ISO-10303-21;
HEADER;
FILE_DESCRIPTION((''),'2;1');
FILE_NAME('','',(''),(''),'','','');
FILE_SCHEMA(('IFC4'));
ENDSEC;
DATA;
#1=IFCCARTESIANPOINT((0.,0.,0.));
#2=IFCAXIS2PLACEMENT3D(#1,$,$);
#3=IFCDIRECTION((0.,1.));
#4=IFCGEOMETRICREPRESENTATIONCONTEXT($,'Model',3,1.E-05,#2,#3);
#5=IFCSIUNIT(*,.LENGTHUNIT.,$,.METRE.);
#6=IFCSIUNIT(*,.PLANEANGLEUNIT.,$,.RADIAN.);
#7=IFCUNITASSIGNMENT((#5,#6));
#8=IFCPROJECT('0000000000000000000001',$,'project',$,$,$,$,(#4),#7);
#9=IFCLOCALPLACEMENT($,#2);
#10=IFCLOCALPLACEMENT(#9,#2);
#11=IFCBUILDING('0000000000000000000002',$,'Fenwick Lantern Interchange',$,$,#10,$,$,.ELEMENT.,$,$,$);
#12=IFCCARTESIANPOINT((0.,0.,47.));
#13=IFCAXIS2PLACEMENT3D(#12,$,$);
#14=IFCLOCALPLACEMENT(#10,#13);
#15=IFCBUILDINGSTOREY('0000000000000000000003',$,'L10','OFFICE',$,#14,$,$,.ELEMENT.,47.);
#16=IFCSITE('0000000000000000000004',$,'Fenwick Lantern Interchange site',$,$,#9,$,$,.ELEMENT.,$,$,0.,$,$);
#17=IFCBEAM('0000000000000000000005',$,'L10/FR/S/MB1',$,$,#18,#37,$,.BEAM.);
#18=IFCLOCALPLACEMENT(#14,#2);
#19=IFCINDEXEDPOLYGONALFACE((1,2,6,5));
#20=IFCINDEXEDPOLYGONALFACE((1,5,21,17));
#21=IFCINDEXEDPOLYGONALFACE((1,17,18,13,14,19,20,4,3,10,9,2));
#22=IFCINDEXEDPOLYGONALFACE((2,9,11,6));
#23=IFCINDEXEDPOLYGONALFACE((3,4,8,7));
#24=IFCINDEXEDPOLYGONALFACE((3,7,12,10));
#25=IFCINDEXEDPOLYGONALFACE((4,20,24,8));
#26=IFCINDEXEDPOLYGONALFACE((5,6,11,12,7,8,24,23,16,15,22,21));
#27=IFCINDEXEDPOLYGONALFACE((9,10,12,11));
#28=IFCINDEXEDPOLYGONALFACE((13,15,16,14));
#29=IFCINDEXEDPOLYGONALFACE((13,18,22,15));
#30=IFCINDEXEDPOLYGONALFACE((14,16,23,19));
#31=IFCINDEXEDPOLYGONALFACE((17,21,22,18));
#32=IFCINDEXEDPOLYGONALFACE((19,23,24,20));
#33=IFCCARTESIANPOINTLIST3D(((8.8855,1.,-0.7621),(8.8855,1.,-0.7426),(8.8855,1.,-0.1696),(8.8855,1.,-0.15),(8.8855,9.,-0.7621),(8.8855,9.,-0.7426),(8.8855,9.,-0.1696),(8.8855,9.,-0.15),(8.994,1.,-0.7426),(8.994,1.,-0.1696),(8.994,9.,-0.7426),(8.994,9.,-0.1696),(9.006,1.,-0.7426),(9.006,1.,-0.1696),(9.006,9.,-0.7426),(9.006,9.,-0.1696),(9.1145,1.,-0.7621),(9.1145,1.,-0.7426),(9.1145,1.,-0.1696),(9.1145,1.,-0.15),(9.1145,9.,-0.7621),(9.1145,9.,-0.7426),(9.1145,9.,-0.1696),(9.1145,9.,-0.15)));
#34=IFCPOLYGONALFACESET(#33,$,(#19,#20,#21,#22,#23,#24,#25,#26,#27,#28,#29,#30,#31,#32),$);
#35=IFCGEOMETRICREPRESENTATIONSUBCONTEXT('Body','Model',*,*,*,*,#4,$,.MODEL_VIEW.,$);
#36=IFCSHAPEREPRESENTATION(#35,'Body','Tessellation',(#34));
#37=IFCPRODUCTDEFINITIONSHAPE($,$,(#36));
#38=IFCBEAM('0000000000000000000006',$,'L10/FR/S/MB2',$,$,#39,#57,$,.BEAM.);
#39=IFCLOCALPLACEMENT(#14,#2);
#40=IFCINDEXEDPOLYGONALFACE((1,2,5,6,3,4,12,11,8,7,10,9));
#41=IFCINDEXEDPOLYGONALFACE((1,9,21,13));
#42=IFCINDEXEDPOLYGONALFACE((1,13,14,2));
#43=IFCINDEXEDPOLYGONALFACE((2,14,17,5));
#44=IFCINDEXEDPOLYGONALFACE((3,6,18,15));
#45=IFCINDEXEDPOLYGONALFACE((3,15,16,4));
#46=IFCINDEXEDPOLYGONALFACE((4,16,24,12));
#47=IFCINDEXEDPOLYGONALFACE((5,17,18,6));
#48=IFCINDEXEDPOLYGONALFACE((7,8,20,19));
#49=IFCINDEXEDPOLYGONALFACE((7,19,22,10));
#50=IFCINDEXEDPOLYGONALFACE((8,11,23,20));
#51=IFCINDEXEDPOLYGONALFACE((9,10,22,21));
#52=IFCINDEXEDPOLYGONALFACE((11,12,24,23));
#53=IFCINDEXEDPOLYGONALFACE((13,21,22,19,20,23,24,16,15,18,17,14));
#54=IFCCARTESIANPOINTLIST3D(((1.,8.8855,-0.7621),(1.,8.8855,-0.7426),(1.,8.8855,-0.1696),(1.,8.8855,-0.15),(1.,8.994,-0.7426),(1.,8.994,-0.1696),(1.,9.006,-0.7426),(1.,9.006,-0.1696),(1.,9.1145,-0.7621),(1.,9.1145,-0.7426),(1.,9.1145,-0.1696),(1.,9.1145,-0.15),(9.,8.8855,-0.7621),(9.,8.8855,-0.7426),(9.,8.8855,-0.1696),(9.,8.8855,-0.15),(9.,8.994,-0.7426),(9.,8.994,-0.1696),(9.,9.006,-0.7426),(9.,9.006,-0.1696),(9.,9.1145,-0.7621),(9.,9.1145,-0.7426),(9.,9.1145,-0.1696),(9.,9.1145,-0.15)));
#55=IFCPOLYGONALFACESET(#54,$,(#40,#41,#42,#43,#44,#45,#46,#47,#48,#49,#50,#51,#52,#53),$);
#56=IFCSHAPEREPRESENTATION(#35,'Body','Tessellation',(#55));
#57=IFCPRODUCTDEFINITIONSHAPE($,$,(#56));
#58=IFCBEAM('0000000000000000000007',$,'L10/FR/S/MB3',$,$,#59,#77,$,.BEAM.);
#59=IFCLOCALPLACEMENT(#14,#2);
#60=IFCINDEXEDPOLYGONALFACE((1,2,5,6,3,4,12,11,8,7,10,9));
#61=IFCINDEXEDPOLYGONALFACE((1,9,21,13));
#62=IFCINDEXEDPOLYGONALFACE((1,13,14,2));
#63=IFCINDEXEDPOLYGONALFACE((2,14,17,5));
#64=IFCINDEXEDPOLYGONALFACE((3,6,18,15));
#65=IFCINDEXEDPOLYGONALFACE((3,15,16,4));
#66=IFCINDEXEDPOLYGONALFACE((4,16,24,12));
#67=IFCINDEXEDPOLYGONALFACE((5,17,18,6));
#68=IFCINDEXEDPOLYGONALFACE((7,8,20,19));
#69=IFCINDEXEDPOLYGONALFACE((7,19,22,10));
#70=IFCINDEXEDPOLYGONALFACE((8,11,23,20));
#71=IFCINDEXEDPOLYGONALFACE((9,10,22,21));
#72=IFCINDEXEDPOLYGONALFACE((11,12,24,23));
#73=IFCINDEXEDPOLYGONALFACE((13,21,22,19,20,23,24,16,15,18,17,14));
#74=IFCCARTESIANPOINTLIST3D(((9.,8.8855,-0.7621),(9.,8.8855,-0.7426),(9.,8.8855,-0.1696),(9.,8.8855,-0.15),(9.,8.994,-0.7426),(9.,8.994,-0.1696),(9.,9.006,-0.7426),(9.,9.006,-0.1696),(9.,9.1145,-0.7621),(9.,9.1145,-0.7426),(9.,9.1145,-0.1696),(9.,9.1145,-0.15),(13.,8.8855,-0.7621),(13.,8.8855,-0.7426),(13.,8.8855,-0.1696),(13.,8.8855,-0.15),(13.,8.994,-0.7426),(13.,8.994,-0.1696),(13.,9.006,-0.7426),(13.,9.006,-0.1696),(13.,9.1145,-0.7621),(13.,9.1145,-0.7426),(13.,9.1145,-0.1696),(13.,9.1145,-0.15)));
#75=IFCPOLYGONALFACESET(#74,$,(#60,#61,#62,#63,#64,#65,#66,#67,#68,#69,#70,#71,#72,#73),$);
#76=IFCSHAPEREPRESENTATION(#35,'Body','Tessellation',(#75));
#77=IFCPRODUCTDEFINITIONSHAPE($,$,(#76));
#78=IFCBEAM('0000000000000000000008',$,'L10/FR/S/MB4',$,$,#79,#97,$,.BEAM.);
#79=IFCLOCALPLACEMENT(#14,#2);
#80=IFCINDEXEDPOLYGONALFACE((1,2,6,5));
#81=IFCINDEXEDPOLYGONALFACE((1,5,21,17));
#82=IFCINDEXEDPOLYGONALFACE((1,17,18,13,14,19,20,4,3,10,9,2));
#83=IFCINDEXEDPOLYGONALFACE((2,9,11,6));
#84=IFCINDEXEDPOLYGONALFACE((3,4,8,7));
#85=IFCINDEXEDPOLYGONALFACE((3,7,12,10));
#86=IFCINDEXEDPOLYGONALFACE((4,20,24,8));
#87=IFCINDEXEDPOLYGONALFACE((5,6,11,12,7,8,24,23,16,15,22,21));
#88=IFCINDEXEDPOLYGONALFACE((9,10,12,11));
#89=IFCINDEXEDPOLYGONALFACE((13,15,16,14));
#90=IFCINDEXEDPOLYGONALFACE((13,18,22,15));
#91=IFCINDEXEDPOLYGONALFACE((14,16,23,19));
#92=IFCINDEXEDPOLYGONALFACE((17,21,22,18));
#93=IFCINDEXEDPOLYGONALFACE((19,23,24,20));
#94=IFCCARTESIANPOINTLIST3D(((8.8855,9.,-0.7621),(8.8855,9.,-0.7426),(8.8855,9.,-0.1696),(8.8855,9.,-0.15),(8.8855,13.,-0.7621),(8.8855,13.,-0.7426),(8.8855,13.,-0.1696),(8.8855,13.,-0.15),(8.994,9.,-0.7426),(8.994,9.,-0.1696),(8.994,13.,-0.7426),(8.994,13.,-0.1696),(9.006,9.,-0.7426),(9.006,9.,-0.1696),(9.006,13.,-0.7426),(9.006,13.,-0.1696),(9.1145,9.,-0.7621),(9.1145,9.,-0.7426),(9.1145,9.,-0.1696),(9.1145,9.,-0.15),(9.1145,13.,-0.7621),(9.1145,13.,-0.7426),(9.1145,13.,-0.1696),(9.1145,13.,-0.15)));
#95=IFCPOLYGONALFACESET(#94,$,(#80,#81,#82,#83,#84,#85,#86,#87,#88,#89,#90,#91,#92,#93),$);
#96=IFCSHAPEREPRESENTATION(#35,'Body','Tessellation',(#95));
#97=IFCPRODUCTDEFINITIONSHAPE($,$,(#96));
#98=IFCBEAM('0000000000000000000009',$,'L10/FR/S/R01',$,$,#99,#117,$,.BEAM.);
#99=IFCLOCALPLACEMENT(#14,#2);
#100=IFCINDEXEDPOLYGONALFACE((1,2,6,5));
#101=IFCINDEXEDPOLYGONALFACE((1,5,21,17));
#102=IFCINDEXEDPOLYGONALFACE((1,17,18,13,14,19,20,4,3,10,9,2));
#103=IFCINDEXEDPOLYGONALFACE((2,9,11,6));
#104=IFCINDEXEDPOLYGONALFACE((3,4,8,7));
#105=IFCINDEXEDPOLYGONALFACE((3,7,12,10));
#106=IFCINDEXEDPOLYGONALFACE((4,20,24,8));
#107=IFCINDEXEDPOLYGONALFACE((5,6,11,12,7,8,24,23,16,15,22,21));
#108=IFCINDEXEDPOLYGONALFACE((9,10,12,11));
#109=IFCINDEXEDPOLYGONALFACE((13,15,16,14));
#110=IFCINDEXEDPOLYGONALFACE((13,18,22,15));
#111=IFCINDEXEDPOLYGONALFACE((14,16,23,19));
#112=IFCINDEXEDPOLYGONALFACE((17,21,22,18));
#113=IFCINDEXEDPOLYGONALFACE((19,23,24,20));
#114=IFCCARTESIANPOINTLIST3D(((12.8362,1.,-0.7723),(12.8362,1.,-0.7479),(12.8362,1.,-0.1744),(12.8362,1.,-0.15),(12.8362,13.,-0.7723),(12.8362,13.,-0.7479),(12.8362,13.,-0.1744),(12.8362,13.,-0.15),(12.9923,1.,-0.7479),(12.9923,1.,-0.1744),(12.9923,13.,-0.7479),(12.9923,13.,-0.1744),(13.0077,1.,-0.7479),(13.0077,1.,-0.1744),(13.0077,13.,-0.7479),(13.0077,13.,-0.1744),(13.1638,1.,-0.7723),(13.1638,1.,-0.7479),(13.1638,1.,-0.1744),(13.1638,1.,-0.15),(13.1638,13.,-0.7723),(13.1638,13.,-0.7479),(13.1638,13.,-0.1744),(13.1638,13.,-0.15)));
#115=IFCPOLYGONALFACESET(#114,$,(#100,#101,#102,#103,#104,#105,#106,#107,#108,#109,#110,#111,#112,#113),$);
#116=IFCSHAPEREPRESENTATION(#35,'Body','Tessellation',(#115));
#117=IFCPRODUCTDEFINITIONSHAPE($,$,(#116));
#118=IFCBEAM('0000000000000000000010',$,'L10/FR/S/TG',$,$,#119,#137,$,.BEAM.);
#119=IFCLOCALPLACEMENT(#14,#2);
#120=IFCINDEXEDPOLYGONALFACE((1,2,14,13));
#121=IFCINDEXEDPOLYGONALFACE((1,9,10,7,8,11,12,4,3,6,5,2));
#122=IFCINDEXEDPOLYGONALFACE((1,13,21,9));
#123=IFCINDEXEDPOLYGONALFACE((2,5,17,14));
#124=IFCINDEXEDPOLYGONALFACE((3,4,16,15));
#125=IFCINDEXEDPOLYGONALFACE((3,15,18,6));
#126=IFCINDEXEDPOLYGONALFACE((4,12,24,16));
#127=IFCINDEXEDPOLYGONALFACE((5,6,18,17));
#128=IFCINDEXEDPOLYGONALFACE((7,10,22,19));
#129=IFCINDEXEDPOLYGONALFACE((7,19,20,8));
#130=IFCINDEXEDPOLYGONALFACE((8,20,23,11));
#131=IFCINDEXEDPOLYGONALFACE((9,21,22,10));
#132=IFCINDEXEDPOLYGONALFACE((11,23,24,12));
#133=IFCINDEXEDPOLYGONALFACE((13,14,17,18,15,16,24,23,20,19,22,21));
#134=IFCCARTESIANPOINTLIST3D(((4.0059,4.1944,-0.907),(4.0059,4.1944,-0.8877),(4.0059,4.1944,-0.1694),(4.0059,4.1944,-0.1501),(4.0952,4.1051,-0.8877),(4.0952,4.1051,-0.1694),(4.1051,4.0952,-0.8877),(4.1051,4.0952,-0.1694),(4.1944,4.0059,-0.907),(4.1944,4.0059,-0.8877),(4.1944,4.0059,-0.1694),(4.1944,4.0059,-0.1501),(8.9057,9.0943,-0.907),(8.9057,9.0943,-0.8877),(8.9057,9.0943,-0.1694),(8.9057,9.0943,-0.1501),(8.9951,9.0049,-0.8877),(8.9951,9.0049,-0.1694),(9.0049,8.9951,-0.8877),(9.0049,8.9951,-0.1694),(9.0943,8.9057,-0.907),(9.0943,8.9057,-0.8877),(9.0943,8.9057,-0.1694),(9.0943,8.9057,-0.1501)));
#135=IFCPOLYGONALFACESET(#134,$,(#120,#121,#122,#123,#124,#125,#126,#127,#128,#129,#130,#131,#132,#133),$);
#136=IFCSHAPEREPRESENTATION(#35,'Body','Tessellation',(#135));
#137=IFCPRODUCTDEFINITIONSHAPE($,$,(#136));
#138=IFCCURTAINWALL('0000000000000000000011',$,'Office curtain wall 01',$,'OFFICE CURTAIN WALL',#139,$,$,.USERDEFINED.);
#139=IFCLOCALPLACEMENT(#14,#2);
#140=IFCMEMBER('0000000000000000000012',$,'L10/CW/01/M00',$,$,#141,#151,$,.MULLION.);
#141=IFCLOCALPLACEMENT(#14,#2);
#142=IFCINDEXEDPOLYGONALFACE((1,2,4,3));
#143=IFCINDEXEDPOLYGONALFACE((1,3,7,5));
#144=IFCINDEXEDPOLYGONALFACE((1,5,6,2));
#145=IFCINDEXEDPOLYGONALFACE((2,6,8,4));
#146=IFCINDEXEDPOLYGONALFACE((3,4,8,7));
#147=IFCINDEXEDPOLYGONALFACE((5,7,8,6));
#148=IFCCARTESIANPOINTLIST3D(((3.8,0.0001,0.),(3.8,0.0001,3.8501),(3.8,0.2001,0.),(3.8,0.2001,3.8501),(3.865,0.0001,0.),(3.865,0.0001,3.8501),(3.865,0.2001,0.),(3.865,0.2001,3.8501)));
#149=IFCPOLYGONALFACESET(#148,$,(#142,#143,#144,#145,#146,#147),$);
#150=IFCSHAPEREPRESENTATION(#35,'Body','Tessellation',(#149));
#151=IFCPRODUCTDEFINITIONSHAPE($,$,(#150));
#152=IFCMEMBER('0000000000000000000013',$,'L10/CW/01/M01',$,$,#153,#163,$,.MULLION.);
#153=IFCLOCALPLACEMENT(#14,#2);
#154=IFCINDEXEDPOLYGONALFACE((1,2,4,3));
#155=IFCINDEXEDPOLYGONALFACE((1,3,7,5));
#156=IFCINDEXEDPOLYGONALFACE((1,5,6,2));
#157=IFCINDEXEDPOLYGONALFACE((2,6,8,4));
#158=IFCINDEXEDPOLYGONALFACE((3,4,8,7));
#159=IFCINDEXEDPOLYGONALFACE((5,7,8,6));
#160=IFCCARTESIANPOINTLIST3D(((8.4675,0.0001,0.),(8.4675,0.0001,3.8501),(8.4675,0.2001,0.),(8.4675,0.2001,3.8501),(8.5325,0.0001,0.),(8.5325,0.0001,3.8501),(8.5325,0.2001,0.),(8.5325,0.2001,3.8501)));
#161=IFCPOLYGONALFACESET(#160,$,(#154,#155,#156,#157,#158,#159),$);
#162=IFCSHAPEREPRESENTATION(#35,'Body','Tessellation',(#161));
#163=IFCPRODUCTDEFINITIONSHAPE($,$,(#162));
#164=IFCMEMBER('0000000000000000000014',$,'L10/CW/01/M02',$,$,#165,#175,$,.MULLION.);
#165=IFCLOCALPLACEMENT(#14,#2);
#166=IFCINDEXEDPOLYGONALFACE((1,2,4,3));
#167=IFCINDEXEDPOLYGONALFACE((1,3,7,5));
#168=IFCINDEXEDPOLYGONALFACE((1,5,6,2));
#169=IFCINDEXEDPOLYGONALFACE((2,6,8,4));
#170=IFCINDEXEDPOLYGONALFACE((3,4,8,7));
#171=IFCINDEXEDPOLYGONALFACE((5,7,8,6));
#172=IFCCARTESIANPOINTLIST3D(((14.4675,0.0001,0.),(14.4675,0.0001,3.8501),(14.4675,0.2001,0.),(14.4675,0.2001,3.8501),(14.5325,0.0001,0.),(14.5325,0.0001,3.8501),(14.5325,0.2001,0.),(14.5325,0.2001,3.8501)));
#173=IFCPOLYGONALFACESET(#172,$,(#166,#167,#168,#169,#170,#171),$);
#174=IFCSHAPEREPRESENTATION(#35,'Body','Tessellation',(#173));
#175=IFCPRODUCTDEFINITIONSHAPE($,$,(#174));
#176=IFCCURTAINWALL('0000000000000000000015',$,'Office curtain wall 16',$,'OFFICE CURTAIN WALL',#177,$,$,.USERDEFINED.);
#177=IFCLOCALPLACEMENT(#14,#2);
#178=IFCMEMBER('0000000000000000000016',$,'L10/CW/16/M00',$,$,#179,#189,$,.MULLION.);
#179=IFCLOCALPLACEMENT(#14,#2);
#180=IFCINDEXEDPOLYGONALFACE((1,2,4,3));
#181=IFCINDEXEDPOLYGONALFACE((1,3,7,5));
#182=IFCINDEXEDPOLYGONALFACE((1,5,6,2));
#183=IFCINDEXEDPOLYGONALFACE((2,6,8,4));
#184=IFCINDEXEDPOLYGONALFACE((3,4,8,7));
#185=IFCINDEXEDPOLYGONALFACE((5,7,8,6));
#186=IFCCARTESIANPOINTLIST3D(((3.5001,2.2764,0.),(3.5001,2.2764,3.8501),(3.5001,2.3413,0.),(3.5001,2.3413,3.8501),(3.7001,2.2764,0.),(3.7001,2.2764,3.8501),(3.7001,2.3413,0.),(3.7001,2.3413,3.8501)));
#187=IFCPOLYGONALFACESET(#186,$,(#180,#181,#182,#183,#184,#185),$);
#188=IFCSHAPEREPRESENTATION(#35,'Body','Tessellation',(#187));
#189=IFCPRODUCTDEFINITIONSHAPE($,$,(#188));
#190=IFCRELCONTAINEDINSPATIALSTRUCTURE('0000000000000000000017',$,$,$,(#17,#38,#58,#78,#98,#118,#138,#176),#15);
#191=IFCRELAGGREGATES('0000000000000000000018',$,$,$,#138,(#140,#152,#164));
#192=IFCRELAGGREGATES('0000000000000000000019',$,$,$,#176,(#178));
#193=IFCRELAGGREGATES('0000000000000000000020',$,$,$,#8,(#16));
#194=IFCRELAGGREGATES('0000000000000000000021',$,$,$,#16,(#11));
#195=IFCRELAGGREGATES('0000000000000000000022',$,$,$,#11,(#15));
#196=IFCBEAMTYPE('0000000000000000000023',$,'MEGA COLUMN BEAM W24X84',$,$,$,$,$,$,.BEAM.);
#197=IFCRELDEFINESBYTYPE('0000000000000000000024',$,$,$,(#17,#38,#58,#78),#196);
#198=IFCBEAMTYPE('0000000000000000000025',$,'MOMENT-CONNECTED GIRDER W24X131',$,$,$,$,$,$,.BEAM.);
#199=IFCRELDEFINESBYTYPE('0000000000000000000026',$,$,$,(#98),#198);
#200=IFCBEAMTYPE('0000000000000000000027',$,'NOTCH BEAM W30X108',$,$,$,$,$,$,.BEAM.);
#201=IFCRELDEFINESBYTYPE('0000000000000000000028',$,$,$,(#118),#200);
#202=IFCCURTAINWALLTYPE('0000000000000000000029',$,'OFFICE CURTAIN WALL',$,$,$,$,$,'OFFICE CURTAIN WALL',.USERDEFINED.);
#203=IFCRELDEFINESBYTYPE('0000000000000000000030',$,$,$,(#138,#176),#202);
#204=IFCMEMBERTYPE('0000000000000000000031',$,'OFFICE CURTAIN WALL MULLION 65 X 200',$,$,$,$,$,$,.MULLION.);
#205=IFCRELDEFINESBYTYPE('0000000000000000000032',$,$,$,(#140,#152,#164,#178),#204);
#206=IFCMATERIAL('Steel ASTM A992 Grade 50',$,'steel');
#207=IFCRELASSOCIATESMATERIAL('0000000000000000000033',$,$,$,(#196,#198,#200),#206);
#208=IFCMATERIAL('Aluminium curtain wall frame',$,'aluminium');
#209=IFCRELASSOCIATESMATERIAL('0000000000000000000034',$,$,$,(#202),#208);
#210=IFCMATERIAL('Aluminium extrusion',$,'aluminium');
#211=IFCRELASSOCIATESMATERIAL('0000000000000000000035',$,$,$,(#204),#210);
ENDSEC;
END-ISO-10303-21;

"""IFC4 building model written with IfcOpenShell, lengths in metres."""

from ifc_helpers import new_model, si_unit, direction, frame, origin, origin_2d, place, context, subcontext, project, spatial, rectangle, i_section, extrude, material, material_profile, profile_set, type_object, element, aggregate, save


model = new_model("IFC4")

# Units and contexts
model_context = context("Model", 3, precision=1e-05, world=origin(), true_north=direction((0.0, 1.0)))
body_context = subcontext(model_context, "Body", "Model", "MODEL_VIEW")
ifc_project = project(units=[si_unit("LENGTHUNIT", "METRE"), si_unit("PLANEANGLEUNIT", "RADIAN")], contexts=[model_context])

# Site, building, storey
site_placement = place(None, origin())
site = spatial("IfcSite", under=ifc_project, at=site_placement, Name="Fenwick Lantern Interchange site", CompositionType="ELEMENT", RefElevation=0.0)
building_placement = place(site_placement, origin())
building = spatial("IfcBuilding", under=site, at=building_placement, Name="Fenwick Lantern Interchange", CompositionType="ELEMENT")
storey_placement = place(building_placement, frame((0.0, 0.0, 47.0)))
storey = spatial("IfcBuildingStorey", under=building, at=storey_placement, Name="L10", Description="OFFICE", CompositionType="ELEMENT", Elevation=47.0)

# Beams
ifc_material_1 = material(Name="Steel ASTM A992 Grade 50", Category="steel")
ifc_material_profile_1 = material_profile(ifc_material_1, i_section(OverallWidth=0.229, OverallDepth=0.6121, WebThickness=0.012, FlangeThickness=0.0195, at=origin_2d()), Name="W24X84")
ifc_profile_set_1 = profile_set([ifc_material_profile_1], Name="Steel ASTM A992 Grade 50")
beam_type_1 = type_object("IfcBeamType", Name="MEGA COLUMN BEAM W24X84", PredefinedType="BEAM", material=ifc_profile_set_1)
for number, where, z_axis, x_axis, name in (
    (1, (9.0, 9.0, -0.4561), (0.0, -1.0, 0.0), (1.0, 0.0, 0.0), "L10/FR/S/MB1"),
    (2, (9.0, 9.0, -0.4561), (-1.0, 0.0, 0.0), (0.0, -1.0, 0.0), "L10/FR/S/MB2"),
):
    element("IfcBeam", number, at=place(storey_placement, frame(where, z_axis=z_axis, x_axis=x_axis)), inside=storey, type_object=beam_type_1, Name=name, PredefinedType="BEAM", context=body_context, shape_type="SweptSolid", body=[
        extrude(i_section(OverallWidth=0.229, OverallDepth=0.6121, WebThickness=0.012, FlangeThickness=0.0195, at=origin_2d()), origin(), (0.0, 0.0, 1.0), 8.0),
    ])
for number, where, z_axis, x_axis, name in (
    (3, (9.0, 9.0, -0.4561), (1.0, 0.0, 0.0), (0.0, 1.0, 0.0), "L10/FR/S/MB3"),
    (4, (9.0, 9.0, -0.4561), (0.0, 1.0, 0.0), (-1.0, 0.0, 0.0), "L10/FR/S/MB4"),
):
    element("IfcBeam", number, at=place(storey_placement, frame(where, z_axis=z_axis, x_axis=x_axis)), inside=storey, type_object=beam_type_1, Name=name, PredefinedType="BEAM", context=body_context, shape_type="SweptSolid", body=[
        extrude(i_section(OverallWidth=0.229, OverallDepth=0.6121, WebThickness=0.012, FlangeThickness=0.0195, at=origin_2d()), origin(), (0.0, 0.0, 1.0), 4.0),
    ])
ifc_material_profile_2 = material_profile(ifc_material_1, i_section(OverallWidth=0.3276, OverallDepth=0.6223, WebThickness=0.0154, FlangeThickness=0.0244, at=origin_2d()), Name="W24X131")
ifc_profile_set_2 = profile_set([ifc_material_profile_2], Name="Steel ASTM A992 Grade 50")
beam_type_2 = type_object("IfcBeamType", Name="MOMENT-CONNECTED GIRDER W24X131", PredefinedType="BEAM", material=ifc_profile_set_2)
beam_1_placement = place(storey_placement, frame((13.0, 1.0, -0.4612), z_axis=(0.0, 1.0, 0.0), x_axis=(-1.0, 0.0, 0.0)))
element("IfcBeam", 5, at=beam_1_placement, inside=storey, type_object=beam_type_2, Name="L10/FR/S/R01", PredefinedType="BEAM", context=body_context, shape_type="SweptSolid", body=[
    extrude(i_section(OverallWidth=0.3276, OverallDepth=0.6223, WebThickness=0.0154, FlangeThickness=0.0244, at=origin_2d()), origin(), (0.0, 0.0, 1.0), 12.0),
])
ifc_material_profile_3 = material_profile(ifc_material_1, i_section(OverallWidth=0.2666, OverallDepth=0.7568, WebThickness=0.0139, FlangeThickness=0.0193, at=origin_2d()), Name="W30X108")
ifc_profile_set_3 = profile_set([ifc_material_profile_3], Name="Steel ASTM A992 Grade 50")
beam_type_3 = type_object("IfcBeamType", Name="NOTCH BEAM W30X108", PredefinedType="BEAM", material=ifc_profile_set_3)
beam_2_placement = place(storey_placement, frame((9.0, 9.0, -0.5286), z_axis=(-0.707107, -0.707107, 0.0), x_axis=(0.707107, -0.707107, 0.0)))
element("IfcBeam", 6, at=beam_2_placement, inside=storey, type_object=beam_type_3, Name="L10/FR/S/TG", PredefinedType="BEAM", context=body_context, shape_type="SweptSolid", body=[
    extrude(i_section(OverallWidth=0.2666, OverallDepth=0.7568, WebThickness=0.0139, FlangeThickness=0.0193, at=origin_2d()), origin(), (0.0, 0.0, 1.0), 6.9294),
])

# Curtain wall, members
ifc_material_2 = material(Name="Aluminium curtain wall frame", Category="aluminium")
curtain_wall_type = type_object("IfcCurtainWallType", Name="OFFICE CURTAIN WALL", ElementType="OFFICE CURTAIN WALL", PredefinedType="USERDEFINED", material=ifc_material_2)
curtain_wall_1_placement = place(storey_placement, origin())
curtain_wall_1 = element("IfcCurtainWall", 7, at=curtain_wall_1_placement, inside=storey, type_object=curtain_wall_type, Name="Office curtain wall 01", ObjectType="OFFICE CURTAIN WALL", PredefinedType="USERDEFINED")
ifc_material_3 = material(Name="Aluminium extrusion", Category="aluminium")
ifc_material_profile_4 = material_profile(ifc_material_3, rectangle(XDim=0.2, YDim=0.0649, at=origin_2d()), Name="OFFICE CURTAIN WALL MULLION 65 X 200")
ifc_profile_set_4 = profile_set([ifc_material_profile_4], Name="Aluminium extrusion")
member_type_1 = type_object("IfcMemberType", Name="OFFICE CURTAIN WALL MULLION 65 X 200", PredefinedType="MULLION", material=ifc_profile_set_4)
member_1_placement = place(storey_placement, frame((3.8325, 0.1001, 0.0), z_axis=(0.0, 0.0, 1.0), x_axis=(0.0, 1.0, 0.0)))
member_1 = element("IfcMember", 8, at=member_1_placement, type_object=member_type_1, Name="L10/CW/01/M00", PredefinedType="MULLION", context=body_context, shape_type="SweptSolid", body=[
    extrude(rectangle(XDim=0.2, YDim=0.0649, at=origin_2d()), origin(), (0.0, 0.0, 1.0), 3.8501),
])
member_2_placement = place(storey_placement, frame((8.5, 0.1001, 0.0), z_axis=(0.0, 0.0, 1.0), x_axis=(0.0, 1.0, 0.0)))
member_2 = element("IfcMember", 9, at=member_2_placement, type_object=member_type_1, Name="L10/CW/01/M01", PredefinedType="MULLION", context=body_context, shape_type="SweptSolid", body=[
    extrude(rectangle(XDim=0.2, YDim=0.0649, at=origin_2d()), origin(), (0.0, 0.0, 1.0), 3.8501),
])
member_3_placement = place(storey_placement, frame((14.5, 0.1001, 0.0), z_axis=(0.0, 0.0, 1.0), x_axis=(0.0, 1.0, 0.0)))
member_3 = element("IfcMember", 10, at=member_3_placement, type_object=member_type_1, Name="L10/CW/01/M02", PredefinedType="MULLION", context=body_context, shape_type="SweptSolid", body=[
    extrude(rectangle(XDim=0.2, YDim=0.0649, at=origin_2d()), origin(), (0.0, 0.0, 1.0), 3.8501),
])

# Curtain wall, member
curtain_wall_2_placement = place(storey_placement, origin())
curtain_wall_2 = element("IfcCurtainWall", 11, at=curtain_wall_2_placement, inside=storey, type_object=curtain_wall_type, Name="Office curtain wall 16", ObjectType="OFFICE CURTAIN WALL", PredefinedType="USERDEFINED")
member_4_placement = place(storey_placement, frame((3.6001, 2.3088, 0.0), z_axis=(0.0, 0.0, 1.0), x_axis=(1.0, 0.0, 0.0)))
member_4 = element("IfcMember", 12, at=member_4_placement, type_object=member_type_1, Name="L10/CW/16/M00", PredefinedType="MULLION", context=body_context, shape_type="SweptSolid", body=[
    extrude(rectangle(XDim=0.2, YDim=0.0649, at=origin_2d()), origin(), (0.0, 0.0, 1.0), 3.8501),
])

aggregate(curtain_wall_1, [member_1, member_2, member_3])

aggregate(curtain_wall_2, [member_4])

save(model, "model.ifc")
